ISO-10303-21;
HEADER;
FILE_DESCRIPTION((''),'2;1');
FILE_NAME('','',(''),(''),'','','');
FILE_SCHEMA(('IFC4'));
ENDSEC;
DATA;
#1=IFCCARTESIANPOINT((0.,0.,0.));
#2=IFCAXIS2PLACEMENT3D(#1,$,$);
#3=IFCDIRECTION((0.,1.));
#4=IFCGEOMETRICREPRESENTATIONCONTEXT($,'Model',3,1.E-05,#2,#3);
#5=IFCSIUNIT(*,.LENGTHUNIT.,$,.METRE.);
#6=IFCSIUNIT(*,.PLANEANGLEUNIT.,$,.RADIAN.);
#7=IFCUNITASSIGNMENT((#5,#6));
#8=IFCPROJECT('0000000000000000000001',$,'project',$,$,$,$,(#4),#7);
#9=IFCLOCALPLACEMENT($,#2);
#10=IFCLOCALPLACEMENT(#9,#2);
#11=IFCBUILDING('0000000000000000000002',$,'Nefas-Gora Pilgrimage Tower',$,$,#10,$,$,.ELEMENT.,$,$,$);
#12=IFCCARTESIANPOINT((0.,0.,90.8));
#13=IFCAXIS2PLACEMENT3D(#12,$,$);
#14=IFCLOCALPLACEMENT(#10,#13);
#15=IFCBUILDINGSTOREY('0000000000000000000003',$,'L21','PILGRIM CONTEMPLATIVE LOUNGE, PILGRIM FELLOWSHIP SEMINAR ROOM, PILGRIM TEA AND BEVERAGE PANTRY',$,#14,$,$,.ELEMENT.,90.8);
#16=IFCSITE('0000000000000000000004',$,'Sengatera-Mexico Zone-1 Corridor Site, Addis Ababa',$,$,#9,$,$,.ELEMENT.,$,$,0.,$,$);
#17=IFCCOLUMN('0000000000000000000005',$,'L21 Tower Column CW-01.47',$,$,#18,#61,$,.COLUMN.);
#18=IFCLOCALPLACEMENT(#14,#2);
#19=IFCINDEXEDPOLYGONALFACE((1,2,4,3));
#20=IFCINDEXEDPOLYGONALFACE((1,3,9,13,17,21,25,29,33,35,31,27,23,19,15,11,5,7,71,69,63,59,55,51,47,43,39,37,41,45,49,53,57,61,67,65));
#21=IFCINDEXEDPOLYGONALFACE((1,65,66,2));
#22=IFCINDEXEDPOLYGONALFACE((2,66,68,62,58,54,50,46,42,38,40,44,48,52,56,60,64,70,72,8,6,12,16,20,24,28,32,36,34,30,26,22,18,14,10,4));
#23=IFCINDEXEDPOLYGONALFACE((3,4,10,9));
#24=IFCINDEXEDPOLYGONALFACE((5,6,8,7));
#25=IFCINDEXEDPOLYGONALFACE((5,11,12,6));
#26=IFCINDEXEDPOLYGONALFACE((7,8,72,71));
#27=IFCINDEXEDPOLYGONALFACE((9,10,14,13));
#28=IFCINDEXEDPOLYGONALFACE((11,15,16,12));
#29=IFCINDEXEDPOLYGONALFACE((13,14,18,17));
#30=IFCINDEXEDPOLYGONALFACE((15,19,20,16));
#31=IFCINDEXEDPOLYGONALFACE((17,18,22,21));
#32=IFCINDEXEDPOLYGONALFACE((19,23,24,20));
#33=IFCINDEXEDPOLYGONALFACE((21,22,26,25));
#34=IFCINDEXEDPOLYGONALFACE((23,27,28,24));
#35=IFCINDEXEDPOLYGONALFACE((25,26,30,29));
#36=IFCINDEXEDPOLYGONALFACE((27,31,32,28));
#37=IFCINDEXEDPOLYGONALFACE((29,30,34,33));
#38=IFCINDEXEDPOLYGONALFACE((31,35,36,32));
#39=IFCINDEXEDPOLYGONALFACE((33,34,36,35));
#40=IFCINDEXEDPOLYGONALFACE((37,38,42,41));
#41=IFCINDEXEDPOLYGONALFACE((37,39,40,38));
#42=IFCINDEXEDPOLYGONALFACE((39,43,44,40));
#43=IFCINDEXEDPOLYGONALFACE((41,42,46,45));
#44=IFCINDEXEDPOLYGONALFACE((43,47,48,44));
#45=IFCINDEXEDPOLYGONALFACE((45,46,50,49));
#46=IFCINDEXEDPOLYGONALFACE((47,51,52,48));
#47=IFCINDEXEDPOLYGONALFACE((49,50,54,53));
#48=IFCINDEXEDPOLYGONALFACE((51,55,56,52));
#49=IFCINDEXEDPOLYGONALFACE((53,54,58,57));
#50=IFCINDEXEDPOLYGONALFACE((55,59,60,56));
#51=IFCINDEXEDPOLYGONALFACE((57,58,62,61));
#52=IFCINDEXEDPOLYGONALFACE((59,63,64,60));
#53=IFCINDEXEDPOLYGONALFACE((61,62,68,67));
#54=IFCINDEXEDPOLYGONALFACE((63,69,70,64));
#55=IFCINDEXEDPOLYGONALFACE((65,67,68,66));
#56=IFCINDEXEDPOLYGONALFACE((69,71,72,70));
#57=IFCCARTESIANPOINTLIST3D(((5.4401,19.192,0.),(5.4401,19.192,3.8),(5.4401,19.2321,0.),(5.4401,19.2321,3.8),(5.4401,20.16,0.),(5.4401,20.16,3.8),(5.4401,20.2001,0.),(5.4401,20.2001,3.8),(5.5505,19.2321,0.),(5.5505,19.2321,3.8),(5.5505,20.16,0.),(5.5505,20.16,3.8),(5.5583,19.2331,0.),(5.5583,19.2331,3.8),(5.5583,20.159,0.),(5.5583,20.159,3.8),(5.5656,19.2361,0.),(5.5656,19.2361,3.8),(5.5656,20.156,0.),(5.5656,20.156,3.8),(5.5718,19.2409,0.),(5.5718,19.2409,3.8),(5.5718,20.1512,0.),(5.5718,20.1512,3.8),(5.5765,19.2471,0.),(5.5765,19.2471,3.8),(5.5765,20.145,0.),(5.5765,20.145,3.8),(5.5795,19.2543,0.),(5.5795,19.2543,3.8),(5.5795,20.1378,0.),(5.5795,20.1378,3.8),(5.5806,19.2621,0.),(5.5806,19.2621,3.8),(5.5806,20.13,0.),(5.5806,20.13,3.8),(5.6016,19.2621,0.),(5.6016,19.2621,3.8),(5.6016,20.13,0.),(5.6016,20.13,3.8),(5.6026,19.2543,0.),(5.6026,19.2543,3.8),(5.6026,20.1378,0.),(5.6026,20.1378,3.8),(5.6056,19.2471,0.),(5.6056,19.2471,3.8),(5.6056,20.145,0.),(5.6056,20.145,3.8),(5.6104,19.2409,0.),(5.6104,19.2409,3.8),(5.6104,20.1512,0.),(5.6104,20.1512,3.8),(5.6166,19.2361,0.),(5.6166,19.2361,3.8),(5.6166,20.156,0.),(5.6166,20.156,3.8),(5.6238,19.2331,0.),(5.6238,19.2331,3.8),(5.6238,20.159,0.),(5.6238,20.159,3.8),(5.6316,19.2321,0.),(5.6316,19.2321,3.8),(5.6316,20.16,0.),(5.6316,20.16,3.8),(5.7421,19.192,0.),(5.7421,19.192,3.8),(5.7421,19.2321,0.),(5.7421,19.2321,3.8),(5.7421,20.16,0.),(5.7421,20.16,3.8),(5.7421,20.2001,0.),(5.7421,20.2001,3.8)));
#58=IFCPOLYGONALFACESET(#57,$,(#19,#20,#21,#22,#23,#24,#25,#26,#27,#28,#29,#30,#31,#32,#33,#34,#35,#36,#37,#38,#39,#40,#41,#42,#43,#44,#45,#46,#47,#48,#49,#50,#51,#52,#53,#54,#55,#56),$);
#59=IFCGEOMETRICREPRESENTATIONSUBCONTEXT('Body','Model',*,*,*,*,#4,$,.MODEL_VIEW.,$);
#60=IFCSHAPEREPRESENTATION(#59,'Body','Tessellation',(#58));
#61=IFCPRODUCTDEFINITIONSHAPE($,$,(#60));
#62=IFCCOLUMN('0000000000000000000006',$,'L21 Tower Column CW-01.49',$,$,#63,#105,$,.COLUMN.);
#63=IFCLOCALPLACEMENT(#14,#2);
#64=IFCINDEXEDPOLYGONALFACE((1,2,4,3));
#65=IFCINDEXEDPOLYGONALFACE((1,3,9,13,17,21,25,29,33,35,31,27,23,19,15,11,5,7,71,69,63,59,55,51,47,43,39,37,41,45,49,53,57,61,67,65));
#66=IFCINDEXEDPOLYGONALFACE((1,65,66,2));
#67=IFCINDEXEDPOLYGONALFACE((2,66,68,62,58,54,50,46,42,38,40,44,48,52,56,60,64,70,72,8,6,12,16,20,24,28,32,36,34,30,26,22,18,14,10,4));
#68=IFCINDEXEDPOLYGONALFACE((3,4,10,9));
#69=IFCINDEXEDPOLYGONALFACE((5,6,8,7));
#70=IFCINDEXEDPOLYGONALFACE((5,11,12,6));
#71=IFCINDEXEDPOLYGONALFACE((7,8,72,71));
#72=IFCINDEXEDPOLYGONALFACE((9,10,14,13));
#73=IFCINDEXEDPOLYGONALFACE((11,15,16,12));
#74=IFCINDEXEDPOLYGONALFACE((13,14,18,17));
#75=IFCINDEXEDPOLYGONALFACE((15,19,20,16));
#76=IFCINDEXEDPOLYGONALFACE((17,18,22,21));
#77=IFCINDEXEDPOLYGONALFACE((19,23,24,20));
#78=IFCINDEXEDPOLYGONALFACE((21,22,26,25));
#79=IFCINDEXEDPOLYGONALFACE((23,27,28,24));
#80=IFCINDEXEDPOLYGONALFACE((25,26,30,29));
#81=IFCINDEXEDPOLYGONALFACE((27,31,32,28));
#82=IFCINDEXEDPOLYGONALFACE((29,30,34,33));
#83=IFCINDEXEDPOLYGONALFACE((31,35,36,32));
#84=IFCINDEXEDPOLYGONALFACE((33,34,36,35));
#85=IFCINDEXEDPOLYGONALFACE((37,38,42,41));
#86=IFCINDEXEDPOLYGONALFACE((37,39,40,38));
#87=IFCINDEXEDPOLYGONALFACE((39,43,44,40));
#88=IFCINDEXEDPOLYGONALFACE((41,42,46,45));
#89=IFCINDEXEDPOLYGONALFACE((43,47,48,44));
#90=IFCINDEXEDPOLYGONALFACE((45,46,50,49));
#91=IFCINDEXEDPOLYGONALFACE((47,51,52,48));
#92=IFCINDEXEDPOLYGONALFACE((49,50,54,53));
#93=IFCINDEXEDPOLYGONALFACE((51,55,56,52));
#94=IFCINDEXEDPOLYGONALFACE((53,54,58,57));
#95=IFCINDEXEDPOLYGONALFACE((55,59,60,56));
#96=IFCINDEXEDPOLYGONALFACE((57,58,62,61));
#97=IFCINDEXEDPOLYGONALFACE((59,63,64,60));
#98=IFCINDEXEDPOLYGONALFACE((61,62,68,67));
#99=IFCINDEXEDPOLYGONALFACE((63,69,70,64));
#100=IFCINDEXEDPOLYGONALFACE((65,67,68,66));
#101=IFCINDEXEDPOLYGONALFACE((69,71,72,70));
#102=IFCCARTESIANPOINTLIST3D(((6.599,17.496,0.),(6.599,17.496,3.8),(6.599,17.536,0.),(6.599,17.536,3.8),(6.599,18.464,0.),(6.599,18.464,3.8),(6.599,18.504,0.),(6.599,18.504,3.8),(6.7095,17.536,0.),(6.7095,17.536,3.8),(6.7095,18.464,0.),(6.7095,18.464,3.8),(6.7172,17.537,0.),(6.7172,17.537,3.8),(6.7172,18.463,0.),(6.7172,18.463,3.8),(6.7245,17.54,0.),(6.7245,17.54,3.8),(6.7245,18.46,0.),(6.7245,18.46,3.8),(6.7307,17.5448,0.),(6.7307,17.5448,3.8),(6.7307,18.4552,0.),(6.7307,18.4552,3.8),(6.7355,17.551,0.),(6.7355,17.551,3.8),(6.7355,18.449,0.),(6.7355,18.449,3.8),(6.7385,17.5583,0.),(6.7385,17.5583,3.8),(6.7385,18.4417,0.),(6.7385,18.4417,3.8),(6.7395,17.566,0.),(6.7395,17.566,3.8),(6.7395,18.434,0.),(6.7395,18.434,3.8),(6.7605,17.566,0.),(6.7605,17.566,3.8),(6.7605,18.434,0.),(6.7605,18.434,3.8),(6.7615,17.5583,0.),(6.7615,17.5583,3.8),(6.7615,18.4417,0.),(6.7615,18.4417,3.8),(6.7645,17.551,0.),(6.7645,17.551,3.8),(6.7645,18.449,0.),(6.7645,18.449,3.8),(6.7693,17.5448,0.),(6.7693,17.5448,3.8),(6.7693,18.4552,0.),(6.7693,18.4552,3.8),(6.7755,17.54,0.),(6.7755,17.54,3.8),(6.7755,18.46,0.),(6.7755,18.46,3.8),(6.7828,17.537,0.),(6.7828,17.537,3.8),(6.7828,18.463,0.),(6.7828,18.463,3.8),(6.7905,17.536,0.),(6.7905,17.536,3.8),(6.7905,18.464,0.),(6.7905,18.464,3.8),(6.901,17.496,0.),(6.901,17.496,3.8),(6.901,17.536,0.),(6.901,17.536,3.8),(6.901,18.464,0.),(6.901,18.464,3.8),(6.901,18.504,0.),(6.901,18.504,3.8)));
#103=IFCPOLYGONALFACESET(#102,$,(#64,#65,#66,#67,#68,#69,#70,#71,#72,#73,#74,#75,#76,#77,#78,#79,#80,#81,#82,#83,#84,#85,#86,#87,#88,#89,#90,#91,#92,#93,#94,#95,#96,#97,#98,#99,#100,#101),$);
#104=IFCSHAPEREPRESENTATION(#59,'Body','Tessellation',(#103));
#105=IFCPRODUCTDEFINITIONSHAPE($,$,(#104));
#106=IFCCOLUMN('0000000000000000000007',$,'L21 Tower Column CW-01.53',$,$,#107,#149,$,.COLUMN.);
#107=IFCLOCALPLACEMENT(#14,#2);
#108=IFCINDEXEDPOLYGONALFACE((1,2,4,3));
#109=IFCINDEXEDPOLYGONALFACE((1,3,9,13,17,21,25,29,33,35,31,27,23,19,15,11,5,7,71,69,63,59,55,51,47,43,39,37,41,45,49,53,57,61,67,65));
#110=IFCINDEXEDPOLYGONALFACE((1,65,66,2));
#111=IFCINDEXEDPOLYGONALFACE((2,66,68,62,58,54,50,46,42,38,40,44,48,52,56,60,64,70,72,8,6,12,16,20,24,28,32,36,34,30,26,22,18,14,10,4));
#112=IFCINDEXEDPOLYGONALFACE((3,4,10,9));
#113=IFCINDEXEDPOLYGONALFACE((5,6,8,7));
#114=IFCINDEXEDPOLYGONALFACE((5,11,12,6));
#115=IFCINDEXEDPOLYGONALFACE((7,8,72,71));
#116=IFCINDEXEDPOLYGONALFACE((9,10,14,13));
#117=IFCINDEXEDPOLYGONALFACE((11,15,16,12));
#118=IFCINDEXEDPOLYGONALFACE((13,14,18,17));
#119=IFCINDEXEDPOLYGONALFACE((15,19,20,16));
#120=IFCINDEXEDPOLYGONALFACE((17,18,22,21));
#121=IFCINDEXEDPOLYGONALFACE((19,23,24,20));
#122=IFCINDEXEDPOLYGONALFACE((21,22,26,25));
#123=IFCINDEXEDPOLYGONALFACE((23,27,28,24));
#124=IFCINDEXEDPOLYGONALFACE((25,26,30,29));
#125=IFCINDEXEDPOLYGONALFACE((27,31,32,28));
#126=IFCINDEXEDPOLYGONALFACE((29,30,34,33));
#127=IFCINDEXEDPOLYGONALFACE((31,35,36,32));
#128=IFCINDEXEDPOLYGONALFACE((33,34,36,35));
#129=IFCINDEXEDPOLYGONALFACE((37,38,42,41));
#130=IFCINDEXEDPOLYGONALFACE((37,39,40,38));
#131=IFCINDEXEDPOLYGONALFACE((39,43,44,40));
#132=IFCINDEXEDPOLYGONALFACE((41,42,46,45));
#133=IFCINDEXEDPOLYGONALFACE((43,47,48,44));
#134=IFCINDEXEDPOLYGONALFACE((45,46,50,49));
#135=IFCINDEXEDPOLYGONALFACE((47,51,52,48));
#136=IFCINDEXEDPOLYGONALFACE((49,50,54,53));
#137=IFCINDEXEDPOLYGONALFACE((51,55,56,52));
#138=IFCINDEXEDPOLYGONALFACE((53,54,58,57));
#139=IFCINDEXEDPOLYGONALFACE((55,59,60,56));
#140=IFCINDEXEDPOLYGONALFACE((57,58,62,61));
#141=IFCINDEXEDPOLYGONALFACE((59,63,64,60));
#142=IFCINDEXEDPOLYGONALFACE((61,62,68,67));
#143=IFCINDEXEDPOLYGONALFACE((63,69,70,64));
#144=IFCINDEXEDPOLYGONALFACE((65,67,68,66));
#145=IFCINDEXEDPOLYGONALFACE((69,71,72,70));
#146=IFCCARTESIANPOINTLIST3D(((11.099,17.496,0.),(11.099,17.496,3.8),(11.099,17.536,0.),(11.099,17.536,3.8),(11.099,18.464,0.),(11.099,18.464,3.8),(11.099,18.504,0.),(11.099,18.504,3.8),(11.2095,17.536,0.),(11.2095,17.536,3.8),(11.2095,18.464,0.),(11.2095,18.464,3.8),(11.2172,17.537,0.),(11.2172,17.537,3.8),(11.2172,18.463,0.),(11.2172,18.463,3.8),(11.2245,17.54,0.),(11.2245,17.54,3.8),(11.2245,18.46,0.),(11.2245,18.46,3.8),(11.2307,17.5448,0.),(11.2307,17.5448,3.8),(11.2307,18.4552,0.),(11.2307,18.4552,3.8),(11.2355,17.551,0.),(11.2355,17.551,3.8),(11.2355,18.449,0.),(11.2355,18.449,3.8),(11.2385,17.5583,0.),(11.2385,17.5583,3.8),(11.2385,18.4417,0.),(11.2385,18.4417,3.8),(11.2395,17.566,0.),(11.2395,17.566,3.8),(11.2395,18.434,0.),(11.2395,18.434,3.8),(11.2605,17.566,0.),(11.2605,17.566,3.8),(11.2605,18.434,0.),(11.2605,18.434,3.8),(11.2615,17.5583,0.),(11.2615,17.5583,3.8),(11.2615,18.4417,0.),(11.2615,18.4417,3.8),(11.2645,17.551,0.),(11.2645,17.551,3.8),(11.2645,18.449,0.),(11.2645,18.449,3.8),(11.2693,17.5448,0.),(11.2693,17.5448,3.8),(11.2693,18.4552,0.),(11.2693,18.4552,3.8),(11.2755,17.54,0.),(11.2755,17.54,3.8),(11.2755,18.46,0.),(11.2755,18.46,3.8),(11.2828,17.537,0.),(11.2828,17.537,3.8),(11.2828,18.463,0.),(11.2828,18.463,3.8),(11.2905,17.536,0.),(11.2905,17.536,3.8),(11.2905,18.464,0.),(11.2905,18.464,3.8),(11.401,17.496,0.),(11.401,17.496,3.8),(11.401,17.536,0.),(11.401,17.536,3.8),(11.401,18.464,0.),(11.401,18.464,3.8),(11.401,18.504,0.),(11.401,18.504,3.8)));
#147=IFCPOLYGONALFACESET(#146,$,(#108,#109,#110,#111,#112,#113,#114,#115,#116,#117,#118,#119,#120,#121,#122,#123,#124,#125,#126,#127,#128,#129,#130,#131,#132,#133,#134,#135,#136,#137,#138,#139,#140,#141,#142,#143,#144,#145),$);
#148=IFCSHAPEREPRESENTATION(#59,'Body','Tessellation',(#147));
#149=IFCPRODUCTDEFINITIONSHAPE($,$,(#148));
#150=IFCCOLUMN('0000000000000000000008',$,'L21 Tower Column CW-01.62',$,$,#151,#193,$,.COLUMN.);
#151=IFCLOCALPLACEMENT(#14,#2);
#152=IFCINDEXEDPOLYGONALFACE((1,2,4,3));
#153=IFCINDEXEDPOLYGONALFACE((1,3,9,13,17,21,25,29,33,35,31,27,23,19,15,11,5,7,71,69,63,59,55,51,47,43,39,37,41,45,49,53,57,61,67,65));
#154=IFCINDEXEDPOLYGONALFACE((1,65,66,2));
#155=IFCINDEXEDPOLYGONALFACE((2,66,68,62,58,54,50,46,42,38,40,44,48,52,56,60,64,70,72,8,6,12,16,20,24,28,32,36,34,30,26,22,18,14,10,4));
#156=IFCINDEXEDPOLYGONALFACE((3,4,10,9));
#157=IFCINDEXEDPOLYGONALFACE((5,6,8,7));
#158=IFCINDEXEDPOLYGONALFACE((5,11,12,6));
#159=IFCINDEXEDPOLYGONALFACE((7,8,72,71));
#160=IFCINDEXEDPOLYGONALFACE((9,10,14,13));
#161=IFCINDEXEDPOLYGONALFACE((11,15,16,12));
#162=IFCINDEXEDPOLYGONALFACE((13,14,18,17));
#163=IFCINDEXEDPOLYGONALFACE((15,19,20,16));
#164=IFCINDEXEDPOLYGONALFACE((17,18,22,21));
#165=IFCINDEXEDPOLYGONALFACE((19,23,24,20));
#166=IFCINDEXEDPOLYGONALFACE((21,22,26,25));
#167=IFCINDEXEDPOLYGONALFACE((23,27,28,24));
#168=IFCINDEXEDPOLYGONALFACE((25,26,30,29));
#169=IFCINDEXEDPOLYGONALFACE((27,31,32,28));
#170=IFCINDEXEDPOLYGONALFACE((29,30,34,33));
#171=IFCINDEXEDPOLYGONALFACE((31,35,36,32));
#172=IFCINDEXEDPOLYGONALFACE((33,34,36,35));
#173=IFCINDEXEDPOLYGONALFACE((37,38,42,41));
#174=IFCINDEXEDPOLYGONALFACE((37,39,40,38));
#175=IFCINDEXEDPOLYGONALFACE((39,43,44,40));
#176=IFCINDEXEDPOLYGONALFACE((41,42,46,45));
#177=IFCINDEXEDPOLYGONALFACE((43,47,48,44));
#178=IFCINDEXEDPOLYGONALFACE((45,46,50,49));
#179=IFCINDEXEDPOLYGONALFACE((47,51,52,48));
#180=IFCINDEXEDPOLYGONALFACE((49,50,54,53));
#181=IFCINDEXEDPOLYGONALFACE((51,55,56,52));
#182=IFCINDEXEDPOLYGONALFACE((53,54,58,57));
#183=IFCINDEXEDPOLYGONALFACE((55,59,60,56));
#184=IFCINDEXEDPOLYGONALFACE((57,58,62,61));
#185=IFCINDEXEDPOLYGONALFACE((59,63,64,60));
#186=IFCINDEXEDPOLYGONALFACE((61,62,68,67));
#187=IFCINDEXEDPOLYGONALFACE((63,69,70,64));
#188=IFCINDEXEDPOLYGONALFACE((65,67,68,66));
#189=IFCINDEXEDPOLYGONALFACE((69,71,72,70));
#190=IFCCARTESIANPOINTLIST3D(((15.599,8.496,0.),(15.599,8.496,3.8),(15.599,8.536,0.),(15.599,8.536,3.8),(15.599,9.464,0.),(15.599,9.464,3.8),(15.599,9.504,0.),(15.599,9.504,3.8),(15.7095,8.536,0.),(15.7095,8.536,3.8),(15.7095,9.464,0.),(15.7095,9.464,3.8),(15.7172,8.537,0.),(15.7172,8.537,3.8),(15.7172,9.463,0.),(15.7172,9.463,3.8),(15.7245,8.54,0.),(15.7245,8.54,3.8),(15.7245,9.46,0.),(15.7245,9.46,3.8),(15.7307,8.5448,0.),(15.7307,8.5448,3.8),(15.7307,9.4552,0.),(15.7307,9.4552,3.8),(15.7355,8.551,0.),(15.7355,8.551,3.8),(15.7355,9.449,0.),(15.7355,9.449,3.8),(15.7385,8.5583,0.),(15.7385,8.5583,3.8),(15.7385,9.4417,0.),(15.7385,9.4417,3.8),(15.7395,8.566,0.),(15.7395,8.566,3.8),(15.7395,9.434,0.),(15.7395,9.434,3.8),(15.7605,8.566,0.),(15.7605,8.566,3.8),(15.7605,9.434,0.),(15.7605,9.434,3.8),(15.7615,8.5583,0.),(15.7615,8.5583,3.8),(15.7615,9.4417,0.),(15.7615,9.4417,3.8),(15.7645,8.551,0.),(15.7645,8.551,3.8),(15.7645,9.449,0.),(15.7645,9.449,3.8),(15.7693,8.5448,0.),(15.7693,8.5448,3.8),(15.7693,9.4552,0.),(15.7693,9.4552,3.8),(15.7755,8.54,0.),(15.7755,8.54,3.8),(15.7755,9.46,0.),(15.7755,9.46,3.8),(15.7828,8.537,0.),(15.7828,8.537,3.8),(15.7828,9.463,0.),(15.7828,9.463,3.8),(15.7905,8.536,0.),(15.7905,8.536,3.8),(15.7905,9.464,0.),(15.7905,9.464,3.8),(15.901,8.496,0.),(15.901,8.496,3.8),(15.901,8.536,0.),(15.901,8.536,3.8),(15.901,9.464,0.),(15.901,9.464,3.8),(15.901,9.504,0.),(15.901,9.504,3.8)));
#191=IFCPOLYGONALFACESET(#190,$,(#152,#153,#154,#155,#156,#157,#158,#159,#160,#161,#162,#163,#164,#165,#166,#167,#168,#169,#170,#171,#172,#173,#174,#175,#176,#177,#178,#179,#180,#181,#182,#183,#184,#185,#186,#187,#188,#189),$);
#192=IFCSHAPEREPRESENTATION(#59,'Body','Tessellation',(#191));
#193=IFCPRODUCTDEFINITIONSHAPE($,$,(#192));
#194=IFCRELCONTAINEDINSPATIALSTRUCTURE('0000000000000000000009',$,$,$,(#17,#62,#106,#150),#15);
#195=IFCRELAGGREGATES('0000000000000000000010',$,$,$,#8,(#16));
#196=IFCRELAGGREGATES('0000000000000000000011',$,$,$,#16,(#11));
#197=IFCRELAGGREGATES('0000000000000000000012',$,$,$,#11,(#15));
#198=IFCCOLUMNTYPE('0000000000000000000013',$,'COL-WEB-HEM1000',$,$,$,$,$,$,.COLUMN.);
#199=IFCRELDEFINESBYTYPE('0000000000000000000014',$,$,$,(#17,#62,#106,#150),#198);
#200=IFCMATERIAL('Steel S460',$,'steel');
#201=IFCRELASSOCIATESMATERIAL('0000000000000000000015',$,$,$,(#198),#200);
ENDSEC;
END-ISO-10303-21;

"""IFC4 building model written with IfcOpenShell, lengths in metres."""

from ifc_helpers import new_model, si_unit, direction, frame, origin, origin_2d, place, context, subcontext, project, spatial, i_section, extrude, source, transform, mapped, material, material_profile, profile_set, type_object, element, save


model = new_model("IFC4")

# Units and contexts
model_context = context("Model", 3, precision=1e-05, world=origin(), true_north=direction((0.0, 1.0)))
body_context = subcontext(model_context, "Body", "Model", "MODEL_VIEW")
ifc_project = project(units=[si_unit("LENGTHUNIT", "METRE"), si_unit("PLANEANGLEUNIT", "RADIAN")], contexts=[model_context])

# Site, building, storey
site_placement = place(None, origin())
site = spatial("IfcSite", under=ifc_project, at=site_placement, Name="Sengatera-Mexico Zone-1 Corridor Site, Addis Ababa", CompositionType="ELEMENT", RefElevation=0.0)
building_placement = place(site_placement, origin())
building = spatial("IfcBuilding", under=site, at=building_placement, Name="Nefas-Gora Pilgrimage Tower", CompositionType="ELEMENT")
storey_placement = place(building_placement, frame((0.0, 0.0, 90.8)))
storey = spatial("IfcBuildingStorey", under=building, at=storey_placement, Name="L21", Description="PILGRIM CONTEMPLATIVE LOUNGE, PILGRIM FELLOWSHIP SEMINAR ROOM, PILGRIM TEA AND BEVERAGE PANTRY", CompositionType="ELEMENT", Elevation=90.8)

# Columns
ifc_material_1 = material(Name="Steel S460", Category="steel")
ifc_material_profile_1 = material_profile(ifc_material_1, i_section(OverallWidth=0.302, OverallDepth=1.0081, WebThickness=0.021, FlangeThickness=0.04, FilletRadius=0.03, at=origin_2d()), Name="HEM 1000")
ifc_profile_set_1 = profile_set([ifc_material_profile_1], Name="Steel S460")
column_type_1 = type_object("IfcColumnType", Name="COL-WEB-HEM1000", PredefinedType="COLUMN", material=ifc_profile_set_1)
shared_shape_1 = source(origin(), body_context, "Body", "SweptSolid", [
    extrude(i_section(OverallWidth=0.302, OverallDepth=1.0081, WebThickness=0.021, FlangeThickness=0.04, FilletRadius=0.03, at=origin_2d()), origin(), (0.0, 0.0, 1.0), 3.8),
])
for number, where, z_axis, x_axis, name in (
    (1, (5.5911, 19.696, 0.0), (0.0, 0.0, 1.0), (1.0, 0.0, 0.0), "L21 Tower Column CW-01.47"),
    (2, (6.75, 18.0, 0.0), (0.0, 0.0, 1.0), (1.0, 0.0, 0.0), "L21 Tower Column CW-01.49"),
    (3, (11.25, 18.0, 0.0), (0.0, 0.0, 1.0), (1.0, 0.0, 0.0), "L21 Tower Column CW-01.53"),
    (4, (15.75, 9.0, 0.0), (0.0, 0.0, 1.0), (1.0, 0.0, 0.0), "L21 Tower Column CW-01.62"),
):
    element("IfcColumn", number, at=place(storey_placement, frame(where, z_axis=z_axis, x_axis=x_axis)), inside=storey, type_object=column_type_1, Name=name, PredefinedType="COLUMN", context=body_context, shape_type="MappedRepresentation", body=[
        mapped(shared_shape_1, transform((0.0, 0.0, 0.0), x_axis=(1.0, 0.0, 0.0), y_axis=(0.0, 1.0, 0.0), z_axis=(0.0, 0.0, 1.0), scale=1.0)),
    ])

save(model, "model.ifc")
